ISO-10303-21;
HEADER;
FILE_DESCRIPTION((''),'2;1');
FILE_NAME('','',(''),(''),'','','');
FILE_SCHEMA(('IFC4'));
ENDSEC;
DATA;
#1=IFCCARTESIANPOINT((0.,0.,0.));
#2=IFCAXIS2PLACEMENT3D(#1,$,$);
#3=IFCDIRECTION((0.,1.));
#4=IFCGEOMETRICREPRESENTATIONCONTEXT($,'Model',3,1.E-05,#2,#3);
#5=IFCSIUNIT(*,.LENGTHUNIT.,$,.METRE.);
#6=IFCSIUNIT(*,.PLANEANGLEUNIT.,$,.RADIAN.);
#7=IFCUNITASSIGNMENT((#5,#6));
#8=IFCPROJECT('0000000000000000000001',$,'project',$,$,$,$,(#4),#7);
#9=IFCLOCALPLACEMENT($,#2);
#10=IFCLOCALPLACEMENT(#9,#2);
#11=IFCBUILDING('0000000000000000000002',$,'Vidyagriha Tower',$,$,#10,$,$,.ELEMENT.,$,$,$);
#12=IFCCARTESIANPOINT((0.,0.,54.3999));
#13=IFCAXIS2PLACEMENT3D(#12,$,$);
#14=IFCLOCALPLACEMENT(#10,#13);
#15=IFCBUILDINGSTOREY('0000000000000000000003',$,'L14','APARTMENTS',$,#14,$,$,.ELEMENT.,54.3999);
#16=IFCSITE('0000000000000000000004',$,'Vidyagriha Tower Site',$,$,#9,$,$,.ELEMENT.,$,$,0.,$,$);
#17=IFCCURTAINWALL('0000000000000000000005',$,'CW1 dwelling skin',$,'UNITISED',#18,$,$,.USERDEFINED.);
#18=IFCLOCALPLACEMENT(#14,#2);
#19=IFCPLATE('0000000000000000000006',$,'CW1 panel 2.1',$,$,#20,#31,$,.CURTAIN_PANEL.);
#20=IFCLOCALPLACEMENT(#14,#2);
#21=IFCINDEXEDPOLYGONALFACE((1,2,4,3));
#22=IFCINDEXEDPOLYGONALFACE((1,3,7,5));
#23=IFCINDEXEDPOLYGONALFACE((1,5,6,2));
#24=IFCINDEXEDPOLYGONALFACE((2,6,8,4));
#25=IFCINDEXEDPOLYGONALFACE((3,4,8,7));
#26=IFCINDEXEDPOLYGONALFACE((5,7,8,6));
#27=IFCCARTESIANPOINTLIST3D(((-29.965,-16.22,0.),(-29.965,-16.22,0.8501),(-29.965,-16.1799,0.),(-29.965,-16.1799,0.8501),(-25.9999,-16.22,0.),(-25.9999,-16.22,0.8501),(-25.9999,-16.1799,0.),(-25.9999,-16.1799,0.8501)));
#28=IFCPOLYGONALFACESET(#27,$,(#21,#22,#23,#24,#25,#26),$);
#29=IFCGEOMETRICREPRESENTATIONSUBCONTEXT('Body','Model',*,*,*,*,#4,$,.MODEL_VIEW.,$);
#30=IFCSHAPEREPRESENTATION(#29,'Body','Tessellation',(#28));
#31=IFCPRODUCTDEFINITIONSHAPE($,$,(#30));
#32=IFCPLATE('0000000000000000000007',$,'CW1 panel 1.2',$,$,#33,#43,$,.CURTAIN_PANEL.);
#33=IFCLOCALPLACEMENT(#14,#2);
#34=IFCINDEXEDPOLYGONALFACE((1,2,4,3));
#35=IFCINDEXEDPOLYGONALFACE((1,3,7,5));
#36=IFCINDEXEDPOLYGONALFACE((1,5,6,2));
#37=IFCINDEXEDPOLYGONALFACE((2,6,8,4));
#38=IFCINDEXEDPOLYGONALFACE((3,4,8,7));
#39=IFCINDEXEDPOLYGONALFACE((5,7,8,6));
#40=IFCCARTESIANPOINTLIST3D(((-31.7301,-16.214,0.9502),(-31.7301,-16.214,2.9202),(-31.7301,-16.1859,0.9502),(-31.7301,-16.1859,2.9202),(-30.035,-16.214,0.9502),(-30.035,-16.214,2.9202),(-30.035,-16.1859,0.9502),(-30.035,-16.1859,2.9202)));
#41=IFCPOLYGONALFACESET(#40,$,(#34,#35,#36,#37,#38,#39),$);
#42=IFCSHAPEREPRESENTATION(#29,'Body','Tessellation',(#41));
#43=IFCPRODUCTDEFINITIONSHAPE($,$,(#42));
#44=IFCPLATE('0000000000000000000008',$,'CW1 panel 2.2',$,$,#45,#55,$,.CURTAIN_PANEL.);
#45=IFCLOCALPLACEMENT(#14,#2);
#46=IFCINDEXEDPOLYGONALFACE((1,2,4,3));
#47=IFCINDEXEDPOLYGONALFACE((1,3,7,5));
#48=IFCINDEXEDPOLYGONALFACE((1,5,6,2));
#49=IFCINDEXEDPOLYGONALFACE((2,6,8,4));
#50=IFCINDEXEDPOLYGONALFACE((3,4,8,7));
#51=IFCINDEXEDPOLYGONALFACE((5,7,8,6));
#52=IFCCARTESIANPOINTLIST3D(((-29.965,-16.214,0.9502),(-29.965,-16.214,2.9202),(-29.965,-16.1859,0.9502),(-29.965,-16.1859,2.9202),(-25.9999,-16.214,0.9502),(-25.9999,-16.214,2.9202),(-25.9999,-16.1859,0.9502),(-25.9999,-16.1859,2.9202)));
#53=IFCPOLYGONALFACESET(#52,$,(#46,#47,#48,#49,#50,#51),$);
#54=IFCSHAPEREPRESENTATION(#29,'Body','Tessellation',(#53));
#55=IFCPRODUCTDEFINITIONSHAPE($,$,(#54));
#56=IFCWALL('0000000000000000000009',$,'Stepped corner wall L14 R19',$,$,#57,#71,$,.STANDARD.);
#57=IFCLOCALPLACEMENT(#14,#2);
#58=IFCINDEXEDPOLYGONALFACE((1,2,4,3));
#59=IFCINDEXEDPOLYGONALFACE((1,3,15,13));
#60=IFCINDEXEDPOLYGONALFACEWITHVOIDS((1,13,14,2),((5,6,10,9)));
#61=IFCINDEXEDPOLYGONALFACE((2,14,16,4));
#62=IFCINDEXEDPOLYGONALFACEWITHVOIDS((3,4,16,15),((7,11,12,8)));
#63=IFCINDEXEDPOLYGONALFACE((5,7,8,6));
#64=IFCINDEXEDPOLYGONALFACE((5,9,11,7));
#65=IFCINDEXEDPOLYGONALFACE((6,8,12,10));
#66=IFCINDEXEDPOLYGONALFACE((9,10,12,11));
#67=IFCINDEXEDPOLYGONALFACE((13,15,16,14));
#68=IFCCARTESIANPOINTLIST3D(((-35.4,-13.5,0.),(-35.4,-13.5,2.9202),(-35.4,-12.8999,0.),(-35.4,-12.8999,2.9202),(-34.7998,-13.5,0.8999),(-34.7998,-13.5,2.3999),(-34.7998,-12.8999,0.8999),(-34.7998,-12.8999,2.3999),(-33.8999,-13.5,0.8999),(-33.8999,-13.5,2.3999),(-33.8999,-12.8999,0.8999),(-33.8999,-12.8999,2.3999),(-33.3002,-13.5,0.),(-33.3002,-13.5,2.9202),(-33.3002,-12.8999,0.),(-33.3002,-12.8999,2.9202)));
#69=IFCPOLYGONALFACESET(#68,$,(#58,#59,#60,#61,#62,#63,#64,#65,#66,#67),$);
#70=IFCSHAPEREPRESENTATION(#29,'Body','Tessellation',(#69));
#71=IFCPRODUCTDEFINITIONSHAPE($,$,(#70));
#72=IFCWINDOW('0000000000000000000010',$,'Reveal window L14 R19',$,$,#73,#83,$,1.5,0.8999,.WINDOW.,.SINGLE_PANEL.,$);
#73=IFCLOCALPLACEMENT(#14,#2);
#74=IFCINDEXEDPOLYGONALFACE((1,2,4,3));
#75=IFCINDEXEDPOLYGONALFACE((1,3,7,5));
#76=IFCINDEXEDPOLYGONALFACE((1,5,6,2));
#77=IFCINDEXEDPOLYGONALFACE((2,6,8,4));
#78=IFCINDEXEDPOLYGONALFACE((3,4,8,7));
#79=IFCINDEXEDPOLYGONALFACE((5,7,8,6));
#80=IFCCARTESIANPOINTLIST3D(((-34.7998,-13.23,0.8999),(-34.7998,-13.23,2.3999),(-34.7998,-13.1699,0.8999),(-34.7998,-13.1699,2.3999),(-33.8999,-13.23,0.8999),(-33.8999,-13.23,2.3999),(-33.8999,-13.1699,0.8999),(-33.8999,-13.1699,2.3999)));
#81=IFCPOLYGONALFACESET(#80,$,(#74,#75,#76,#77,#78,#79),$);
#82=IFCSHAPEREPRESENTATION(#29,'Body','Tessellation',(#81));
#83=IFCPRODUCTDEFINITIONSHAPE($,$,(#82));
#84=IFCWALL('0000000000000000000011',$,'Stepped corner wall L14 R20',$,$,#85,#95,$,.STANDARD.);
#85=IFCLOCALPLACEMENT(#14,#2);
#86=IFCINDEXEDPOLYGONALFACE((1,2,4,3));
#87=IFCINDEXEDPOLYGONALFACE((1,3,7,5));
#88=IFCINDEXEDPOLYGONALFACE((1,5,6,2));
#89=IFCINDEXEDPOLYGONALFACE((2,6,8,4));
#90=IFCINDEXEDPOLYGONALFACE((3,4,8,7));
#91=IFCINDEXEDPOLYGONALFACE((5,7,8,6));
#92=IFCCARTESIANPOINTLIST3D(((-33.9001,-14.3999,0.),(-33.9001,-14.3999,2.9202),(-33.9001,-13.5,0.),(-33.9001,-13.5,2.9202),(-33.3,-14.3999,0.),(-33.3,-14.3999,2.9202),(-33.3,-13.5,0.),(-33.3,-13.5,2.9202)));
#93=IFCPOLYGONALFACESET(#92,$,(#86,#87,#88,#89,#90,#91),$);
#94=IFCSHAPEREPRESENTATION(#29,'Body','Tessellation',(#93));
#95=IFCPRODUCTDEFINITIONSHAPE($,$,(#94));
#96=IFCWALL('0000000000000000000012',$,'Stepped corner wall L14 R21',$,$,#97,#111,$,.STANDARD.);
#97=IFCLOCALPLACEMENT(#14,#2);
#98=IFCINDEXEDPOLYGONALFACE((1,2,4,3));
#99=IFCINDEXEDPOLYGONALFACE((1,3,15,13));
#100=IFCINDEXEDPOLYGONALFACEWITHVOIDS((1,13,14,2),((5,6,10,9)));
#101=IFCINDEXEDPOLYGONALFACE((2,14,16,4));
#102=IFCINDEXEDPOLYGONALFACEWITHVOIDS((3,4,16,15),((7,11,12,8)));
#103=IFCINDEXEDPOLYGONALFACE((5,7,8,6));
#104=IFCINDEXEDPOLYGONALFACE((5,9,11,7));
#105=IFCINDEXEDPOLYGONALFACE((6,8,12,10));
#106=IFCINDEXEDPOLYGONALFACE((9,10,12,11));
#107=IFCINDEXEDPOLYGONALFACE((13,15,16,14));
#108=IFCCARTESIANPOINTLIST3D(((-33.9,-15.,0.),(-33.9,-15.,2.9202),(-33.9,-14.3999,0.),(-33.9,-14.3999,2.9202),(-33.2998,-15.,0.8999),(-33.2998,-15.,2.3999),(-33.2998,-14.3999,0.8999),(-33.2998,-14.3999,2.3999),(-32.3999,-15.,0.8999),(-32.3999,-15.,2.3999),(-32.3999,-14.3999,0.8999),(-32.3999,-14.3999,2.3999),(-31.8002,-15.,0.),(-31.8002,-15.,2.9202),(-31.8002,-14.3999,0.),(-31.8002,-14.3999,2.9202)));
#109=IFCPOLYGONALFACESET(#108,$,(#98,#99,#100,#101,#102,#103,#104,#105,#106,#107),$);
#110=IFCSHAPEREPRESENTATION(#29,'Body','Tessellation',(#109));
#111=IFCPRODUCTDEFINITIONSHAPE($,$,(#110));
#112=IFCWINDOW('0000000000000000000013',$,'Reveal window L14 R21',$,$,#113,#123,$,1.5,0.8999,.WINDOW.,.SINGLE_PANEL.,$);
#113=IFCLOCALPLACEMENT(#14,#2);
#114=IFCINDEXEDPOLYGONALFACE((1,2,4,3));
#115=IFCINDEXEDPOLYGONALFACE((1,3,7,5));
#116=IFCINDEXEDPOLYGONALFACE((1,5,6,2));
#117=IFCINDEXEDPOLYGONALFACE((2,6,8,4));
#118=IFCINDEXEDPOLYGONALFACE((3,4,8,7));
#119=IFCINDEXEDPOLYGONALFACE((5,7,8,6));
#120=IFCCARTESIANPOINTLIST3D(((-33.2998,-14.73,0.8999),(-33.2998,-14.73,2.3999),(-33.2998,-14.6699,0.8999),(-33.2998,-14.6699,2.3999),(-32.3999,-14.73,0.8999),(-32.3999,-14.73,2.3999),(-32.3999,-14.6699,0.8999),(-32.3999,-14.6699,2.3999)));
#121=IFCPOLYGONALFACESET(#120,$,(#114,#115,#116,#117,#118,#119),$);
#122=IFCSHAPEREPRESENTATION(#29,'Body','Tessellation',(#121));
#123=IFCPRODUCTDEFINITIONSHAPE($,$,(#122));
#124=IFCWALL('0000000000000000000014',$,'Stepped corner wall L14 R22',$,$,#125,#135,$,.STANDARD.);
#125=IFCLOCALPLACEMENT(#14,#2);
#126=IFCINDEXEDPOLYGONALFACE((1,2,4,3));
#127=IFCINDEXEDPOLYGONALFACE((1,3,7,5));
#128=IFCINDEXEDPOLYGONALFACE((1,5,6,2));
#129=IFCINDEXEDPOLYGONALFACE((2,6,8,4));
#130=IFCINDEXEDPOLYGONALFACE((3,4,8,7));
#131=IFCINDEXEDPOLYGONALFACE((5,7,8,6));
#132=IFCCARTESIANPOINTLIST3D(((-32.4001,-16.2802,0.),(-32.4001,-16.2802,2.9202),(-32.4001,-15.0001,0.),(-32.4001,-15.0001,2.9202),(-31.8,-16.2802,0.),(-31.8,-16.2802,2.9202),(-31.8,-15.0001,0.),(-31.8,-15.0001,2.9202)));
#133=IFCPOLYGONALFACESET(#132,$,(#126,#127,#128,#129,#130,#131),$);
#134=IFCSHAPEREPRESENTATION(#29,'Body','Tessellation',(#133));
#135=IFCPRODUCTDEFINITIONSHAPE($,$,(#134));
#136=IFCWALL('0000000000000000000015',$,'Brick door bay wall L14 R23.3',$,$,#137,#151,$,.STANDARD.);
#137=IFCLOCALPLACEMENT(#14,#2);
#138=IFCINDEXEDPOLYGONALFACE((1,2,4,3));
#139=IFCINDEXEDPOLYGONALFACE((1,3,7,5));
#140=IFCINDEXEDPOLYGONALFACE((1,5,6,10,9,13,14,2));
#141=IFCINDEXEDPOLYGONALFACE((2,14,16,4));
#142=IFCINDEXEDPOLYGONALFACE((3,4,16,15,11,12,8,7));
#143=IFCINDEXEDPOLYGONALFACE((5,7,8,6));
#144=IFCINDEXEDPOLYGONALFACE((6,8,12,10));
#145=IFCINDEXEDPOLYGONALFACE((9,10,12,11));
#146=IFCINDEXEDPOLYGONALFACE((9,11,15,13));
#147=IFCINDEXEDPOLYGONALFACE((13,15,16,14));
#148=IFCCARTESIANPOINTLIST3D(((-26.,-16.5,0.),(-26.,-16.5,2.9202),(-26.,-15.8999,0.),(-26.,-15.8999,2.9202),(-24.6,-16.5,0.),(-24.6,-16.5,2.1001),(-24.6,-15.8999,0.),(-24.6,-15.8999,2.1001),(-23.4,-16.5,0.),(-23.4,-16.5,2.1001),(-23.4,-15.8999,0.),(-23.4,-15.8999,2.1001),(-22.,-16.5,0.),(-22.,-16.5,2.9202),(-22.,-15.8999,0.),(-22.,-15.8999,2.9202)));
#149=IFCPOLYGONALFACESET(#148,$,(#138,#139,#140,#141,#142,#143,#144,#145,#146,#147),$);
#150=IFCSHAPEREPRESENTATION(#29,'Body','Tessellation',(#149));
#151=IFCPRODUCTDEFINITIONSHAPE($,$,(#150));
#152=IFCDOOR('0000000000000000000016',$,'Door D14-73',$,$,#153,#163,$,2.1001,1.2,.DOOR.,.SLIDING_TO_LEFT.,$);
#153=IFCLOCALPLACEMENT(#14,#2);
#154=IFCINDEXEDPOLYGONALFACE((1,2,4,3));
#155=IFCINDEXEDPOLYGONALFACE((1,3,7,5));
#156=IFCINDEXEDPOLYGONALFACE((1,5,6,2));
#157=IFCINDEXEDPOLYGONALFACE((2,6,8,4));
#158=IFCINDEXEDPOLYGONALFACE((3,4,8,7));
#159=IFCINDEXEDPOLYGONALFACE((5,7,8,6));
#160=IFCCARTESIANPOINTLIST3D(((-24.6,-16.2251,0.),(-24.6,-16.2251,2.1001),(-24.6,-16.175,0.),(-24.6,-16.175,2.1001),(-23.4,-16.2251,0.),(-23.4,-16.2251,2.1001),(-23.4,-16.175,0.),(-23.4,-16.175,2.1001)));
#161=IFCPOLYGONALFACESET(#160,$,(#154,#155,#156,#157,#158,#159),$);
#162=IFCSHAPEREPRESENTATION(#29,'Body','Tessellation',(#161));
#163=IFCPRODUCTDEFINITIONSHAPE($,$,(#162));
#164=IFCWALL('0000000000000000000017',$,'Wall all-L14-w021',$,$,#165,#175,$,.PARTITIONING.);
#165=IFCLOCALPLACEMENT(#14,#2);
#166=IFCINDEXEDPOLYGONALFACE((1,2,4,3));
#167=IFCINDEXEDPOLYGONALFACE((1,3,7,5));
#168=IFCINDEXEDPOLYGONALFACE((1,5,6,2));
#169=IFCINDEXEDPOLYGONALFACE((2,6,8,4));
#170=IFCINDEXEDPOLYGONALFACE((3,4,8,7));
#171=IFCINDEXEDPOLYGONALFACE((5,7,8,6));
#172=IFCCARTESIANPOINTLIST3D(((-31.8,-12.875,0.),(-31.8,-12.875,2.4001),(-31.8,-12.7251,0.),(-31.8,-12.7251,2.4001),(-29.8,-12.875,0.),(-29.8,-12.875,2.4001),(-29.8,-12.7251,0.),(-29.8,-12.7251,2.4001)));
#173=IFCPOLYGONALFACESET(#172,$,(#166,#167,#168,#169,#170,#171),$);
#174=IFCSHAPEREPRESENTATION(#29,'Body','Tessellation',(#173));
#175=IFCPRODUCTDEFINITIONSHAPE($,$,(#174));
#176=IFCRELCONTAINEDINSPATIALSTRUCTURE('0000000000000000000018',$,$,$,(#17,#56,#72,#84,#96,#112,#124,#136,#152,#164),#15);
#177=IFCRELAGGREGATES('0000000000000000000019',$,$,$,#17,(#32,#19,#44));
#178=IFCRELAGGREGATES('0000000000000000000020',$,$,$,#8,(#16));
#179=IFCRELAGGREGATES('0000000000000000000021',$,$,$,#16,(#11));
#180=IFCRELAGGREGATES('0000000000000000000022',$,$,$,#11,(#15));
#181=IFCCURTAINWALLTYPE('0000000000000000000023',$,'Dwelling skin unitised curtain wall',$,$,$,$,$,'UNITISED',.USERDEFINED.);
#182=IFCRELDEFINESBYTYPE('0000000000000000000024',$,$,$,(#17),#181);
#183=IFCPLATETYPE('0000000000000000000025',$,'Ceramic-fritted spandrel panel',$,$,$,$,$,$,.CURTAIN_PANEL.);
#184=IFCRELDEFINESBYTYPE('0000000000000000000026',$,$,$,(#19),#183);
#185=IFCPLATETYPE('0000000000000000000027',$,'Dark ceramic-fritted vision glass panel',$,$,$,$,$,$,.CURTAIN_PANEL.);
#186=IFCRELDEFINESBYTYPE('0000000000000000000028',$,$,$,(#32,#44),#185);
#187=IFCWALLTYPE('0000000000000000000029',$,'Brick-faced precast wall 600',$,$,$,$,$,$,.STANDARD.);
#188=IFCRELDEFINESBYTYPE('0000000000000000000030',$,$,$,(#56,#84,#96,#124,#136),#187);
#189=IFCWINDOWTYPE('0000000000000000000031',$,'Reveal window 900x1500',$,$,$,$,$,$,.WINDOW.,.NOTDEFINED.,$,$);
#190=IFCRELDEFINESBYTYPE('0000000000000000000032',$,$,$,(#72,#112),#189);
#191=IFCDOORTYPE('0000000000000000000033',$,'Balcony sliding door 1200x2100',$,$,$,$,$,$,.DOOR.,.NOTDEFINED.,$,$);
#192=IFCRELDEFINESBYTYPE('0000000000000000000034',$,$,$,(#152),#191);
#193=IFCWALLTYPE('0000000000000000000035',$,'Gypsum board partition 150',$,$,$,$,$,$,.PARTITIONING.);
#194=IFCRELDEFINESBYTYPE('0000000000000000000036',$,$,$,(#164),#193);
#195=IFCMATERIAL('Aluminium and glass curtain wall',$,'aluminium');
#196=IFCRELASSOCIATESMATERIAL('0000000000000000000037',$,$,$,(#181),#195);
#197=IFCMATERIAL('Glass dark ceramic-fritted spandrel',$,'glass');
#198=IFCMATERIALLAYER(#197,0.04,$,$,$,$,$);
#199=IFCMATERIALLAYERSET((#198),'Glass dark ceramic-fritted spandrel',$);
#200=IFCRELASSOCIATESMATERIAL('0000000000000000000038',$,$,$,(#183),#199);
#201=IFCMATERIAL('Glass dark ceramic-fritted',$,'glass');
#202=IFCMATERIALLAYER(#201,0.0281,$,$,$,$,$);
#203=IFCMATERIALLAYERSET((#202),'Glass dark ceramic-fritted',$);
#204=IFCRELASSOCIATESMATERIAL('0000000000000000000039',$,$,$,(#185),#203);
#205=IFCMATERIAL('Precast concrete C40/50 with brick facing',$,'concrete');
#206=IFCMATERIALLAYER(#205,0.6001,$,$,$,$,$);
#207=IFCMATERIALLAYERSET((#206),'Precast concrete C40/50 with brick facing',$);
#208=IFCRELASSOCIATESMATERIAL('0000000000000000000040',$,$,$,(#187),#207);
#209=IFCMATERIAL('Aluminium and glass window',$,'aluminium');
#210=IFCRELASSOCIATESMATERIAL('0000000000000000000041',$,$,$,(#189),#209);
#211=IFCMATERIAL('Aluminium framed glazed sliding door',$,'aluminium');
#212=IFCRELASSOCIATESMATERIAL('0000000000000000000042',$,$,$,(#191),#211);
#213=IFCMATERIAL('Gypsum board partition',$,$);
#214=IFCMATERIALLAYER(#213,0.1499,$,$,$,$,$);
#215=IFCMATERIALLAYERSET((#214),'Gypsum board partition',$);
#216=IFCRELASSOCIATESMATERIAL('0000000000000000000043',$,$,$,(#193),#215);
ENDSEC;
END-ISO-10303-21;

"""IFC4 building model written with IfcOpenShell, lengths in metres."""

from ifc_helpers import new_model, si_unit, direction, frame, frame_2d, origin, origin_2d, place, context, subcontext, project, spatial, rectangle, extrude, material, layer, layer_set, type_object, element, fill, aggregate, save


model = new_model("IFC4")

# Units and contexts
model_context = context("Model", 3, precision=1e-05, world=origin(), true_north=direction((0.0, 1.0)))
body_context = subcontext(model_context, "Body", "Model", "MODEL_VIEW")
ifc_project = project(units=[si_unit("LENGTHUNIT", "METRE"), si_unit("PLANEANGLEUNIT", "RADIAN")], contexts=[model_context])

# Site, building, storey
site_placement = place(None, origin())
site = spatial("IfcSite", under=ifc_project, at=site_placement, Name="Vidyagriha Tower Site", CompositionType="ELEMENT", RefElevation=0.0)
building_placement = place(site_placement, origin())
building = spatial("IfcBuilding", under=site, at=building_placement, Name="Vidyagriha Tower", CompositionType="ELEMENT")
storey_placement = place(building_placement, frame((0.0, 0.0, 54.3999)))
storey = spatial("IfcBuildingStorey", under=building, at=storey_placement, Name="L14", Description="APARTMENTS", CompositionType="ELEMENT", Elevation=54.3999)

# Curtain wall, plates
ifc_material_1 = material(Name="Aluminium and glass curtain wall", Category="aluminium")
curtain_wall_type = type_object("IfcCurtainWallType", Name="Dwelling skin unitised curtain wall", ElementType="UNITISED", PredefinedType="USERDEFINED", material=ifc_material_1)
curtain_wall_placement = place(storey_placement, origin())
curtain_wall = element("IfcCurtainWall", 1, at=curtain_wall_placement, inside=storey, type_object=curtain_wall_type, Name="CW1 dwelling skin", ObjectType="UNITISED", PredefinedType="USERDEFINED")
ifc_material_2 = material(Name="Glass dark ceramic-fritted spandrel", Category="glass")
ifc_layer_1 = layer(ifc_material_2, 0.04)
ifc_layer_set_1 = layer_set([ifc_layer_1], Name="Glass dark ceramic-fritted spandrel")
plate_type_1 = type_object("IfcPlateType", Name="Ceramic-fritted spandrel panel", PredefinedType="CURTAIN_PANEL", material=ifc_layer_set_1)
plate_1_placement = place(storey_placement, frame((-27.9824, -16.2, 0.0)))
plate_1 = element("IfcPlate", 2, at=plate_1_placement, type_object=plate_type_1, Name="CW1 panel 2.1", PredefinedType="CURTAIN_PANEL", context=body_context, shape_type="SweptSolid", body=[
    extrude(rectangle(XDim=3.9651, YDim=0.04, at=origin_2d()), origin(), (0.0, 0.0, 1.0), 0.8501),
])
ifc_material_3 = material(Name="Glass dark ceramic-fritted", Category="glass")
ifc_layer_2 = layer(ifc_material_3, 0.0281)
ifc_layer_set_2 = layer_set([ifc_layer_2], Name="Glass dark ceramic-fritted")
plate_type_2 = type_object("IfcPlateType", Name="Dark ceramic-fritted vision glass panel", PredefinedType="CURTAIN_PANEL", material=ifc_layer_set_2)
plate_2_placement = place(storey_placement, frame((-30.8826, -16.2, 0.9502)))
plate_2 = element("IfcPlate", 3, at=plate_2_placement, type_object=plate_type_2, Name="CW1 panel 1.2", PredefinedType="CURTAIN_PANEL", context=body_context, shape_type="SweptSolid", body=[
    extrude(rectangle(XDim=1.6951, YDim=0.0281, at=origin_2d()), origin(), (0.0, 0.0, 1.0), 1.97),
])
plate_3_placement = place(storey_placement, frame((-27.9824, -16.2, 0.9502)))
plate_3 = element("IfcPlate", 4, at=plate_3_placement, type_object=plate_type_2, Name="CW1 panel 2.2", PredefinedType="CURTAIN_PANEL", context=body_context, shape_type="SweptSolid", body=[
    extrude(rectangle(XDim=3.9651, YDim=0.0281, at=origin_2d()), origin(), (0.0, 0.0, 1.0), 1.97),
])
aggregate(curtain_wall, [plate_2, plate_1, plate_3])

# Wall, opening, window
ifc_material_4 = material(Name="Precast concrete C40/50 with brick facing", Category="concrete")
ifc_layer_3 = layer(ifc_material_4, 0.6001)
ifc_layer_set_3 = layer_set([ifc_layer_3], Name="Precast concrete C40/50 with brick facing")
wall_type_1 = type_object("IfcWallType", Name="Brick-faced precast wall 600", PredefinedType="STANDARD", material=ifc_layer_set_3)
wall_1_placement = place(storey_placement, frame((-35.3999, -13.2, 0.0)))
wall_1 = element("IfcWall", 5, at=wall_1_placement, inside=storey, type_object=wall_type_1, Name="Stepped corner wall L14 R19", PredefinedType="STANDARD", context=body_context, shape_type="SweptSolid", body=[
    extrude(rectangle(XDim=2.0999, YDim=0.6001, at=frame_2d((1.0498, 0.0))), origin(), (0.0, 0.0, 1.0), 2.9202),
])
opening_1_placement = place(wall_1_placement, frame((0.6001, 0.0, 0.8999)))
opening_1 = element("IfcOpeningElement", 6, at=opening_1_placement, cuts=wall_1, PredefinedType="OPENING", context=body_context, shape_type="SweptSolid", body=[
    extrude(rectangle(XDim=0.8999, YDim=1.5, at=frame_2d((0.45, 0.75))), frame((0.0, 0.3101, 0.0), z_axis=(0.0, -1.0, 0.0), x_axis=(1.0, 0.0, 0.0)), (0.0, 0.0, 1.0), 0.6201),
])
ifc_material_5 = material(Name="Aluminium and glass window", Category="aluminium")
window_type = type_object("IfcWindowType", Name="Reveal window 900x1500", PartitioningType="NOTDEFINED", PredefinedType="WINDOW", material=ifc_material_5)
window_1_placement = place(opening_1_placement, origin())
window_1 = element("IfcWindow", 7, at=window_1_placement, inside=storey, type_object=window_type, Name="Reveal window L14 R19", OverallHeight=1.5, OverallWidth=0.8999, PartitioningType="SINGLE_PANEL", PredefinedType="WINDOW", context=body_context, shape_type="SweptSolid", body=[
    extrude(rectangle(XDim=0.8999, YDim=1.5, at=frame_2d((0.45, 0.75))), frame((0.0, 0.03, 0.0), z_axis=(0.0, -1.0, 0.0), x_axis=(1.0, 0.0, 0.0)), (0.0, 0.0, 1.0), 0.0601),
])
fill(opening_1, window_1)

# Wall
wall_2_placement = place(storey_placement, frame((-33.6001, -13.5, 0.0), z_axis=(0.0, 0.0, 1.0), x_axis=(0.0, -1.0, 0.0)))
element("IfcWall", 8, at=wall_2_placement, inside=storey, type_object=wall_type_1, Name="Stepped corner wall L14 R20", PredefinedType="STANDARD", context=body_context, shape_type="SweptSolid", body=[
    extrude(rectangle(XDim=0.8999, YDim=0.6001, at=frame_2d((0.45, 0.0))), origin(), (0.0, 0.0, 1.0), 2.9202),
])

# Wall, opening, window
wall_3_placement = place(storey_placement, frame((-33.8999, -14.7, 0.0)))
wall_3 = element("IfcWall", 9, at=wall_3_placement, inside=storey, type_object=wall_type_1, Name="Stepped corner wall L14 R21", PredefinedType="STANDARD", context=body_context, shape_type="SweptSolid", body=[
    extrude(rectangle(XDim=2.0999, YDim=0.6001, at=frame_2d((1.0498, 0.0))), origin(), (0.0, 0.0, 1.0), 2.9202),
])
opening_2_placement = place(wall_3_placement, frame((0.6001, 0.0, 0.8999)))
opening_2 = element("IfcOpeningElement", 10, at=opening_2_placement, cuts=wall_3, PredefinedType="OPENING", context=body_context, shape_type="SweptSolid", body=[
    extrude(rectangle(XDim=0.8999, YDim=1.5, at=frame_2d((0.45, 0.75))), frame((0.0, 0.3101, 0.0), z_axis=(0.0, -1.0, 0.0), x_axis=(1.0, 0.0, 0.0)), (0.0, 0.0, 1.0), 0.6201),
])
window_2_placement = place(opening_2_placement, origin())
window_2 = element("IfcWindow", 11, at=window_2_placement, inside=storey, type_object=window_type, Name="Reveal window L14 R21", OverallHeight=1.5, OverallWidth=0.8999, PartitioningType="SINGLE_PANEL", PredefinedType="WINDOW", context=body_context, shape_type="SweptSolid", body=[
    extrude(rectangle(XDim=0.8999, YDim=1.5, at=frame_2d((0.45, 0.75))), frame((0.0, 0.03, 0.0), z_axis=(0.0, -1.0, 0.0), x_axis=(1.0, 0.0, 0.0)), (0.0, 0.0, 1.0), 0.0601),
])
fill(opening_2, window_2)

# Wall
wall_4_placement = place(storey_placement, frame((-32.1001, -15.0, 0.0), z_axis=(0.0, 0.0, 1.0), x_axis=(0.0, -1.0, 0.0)))
element("IfcWall", 12, at=wall_4_placement, inside=storey, type_object=wall_type_1, Name="Stepped corner wall L14 R22", PredefinedType="STANDARD", context=body_context, shape_type="SweptSolid", body=[
    extrude(rectangle(XDim=1.28, YDim=0.6001, at=frame_2d((0.6401, 0.0))), origin(), (0.0, 0.0, 1.0), 2.9202),
])

# Wall, opening, door
wall_5_placement = place(storey_placement, frame((-26.0, -16.2, 0.0)))
wall_5 = element("IfcWall", 13, at=wall_5_placement, inside=storey, type_object=wall_type_1, Name="Brick door bay wall L14 R23.3", PredefinedType="STANDARD", context=body_context, shape_type="SweptSolid", body=[
    extrude(rectangle(XDim=4.0, YDim=0.6001, at=frame_2d((2.0, 0.0))), origin(), (0.0, 0.0, 1.0), 2.9202),
])
opening_3_placement = place(wall_5_placement, frame((1.3999, 0.0, 0.0)))
opening_3 = element("IfcOpeningElement", 14, at=opening_3_placement, cuts=wall_5, PredefinedType="OPENING", context=body_context, shape_type="SweptSolid", body=[
    extrude(rectangle(XDim=1.2, YDim=2.1001, at=frame_2d((0.6001, 1.05))), frame((0.0, 0.3101, 0.0), z_axis=(0.0, -1.0, 0.0), x_axis=(1.0, 0.0, 0.0)), (0.0, 0.0, 1.0), 0.6201),
])
ifc_material_6 = material(Name="Aluminium framed glazed sliding door", Category="aluminium")
door_type = type_object("IfcDoorType", Name="Balcony sliding door 1200x2100", OperationType="NOTDEFINED", PredefinedType="DOOR", material=ifc_material_6)
door_placement = place(opening_3_placement, origin())
door = element("IfcDoor", 15, at=door_placement, inside=storey, type_object=door_type, Name="Door D14-73", OperationType="SLIDING_TO_LEFT", OverallHeight=2.1001, OverallWidth=1.2, PredefinedType="DOOR", context=body_context, shape_type="SweptSolid", body=[
    extrude(rectangle(XDim=1.2, YDim=2.1001, at=frame_2d((0.6001, 1.05))), frame((0.0, 0.0249, 0.0), z_axis=(0.0, -1.0, 0.0), x_axis=(1.0, 0.0, 0.0)), (0.0, 0.0, 1.0), 0.05),
])
fill(opening_3, door)

# Wall
ifc_material_7 = material(Name="Gypsum board partition")
ifc_layer_4 = layer(ifc_material_7, 0.1499)
ifc_layer_set_4 = layer_set([ifc_layer_4], Name="Gypsum board partition")
wall_type_2 = type_object("IfcWallType", Name="Gypsum board partition 150", PredefinedType="PARTITIONING", material=ifc_layer_set_4)
wall_6_placement = place(storey_placement, frame((-29.8, -12.8, 0.0), z_axis=(0.0, 0.0, 1.0), x_axis=(-1.0, 0.0, 0.0)))
element("IfcWall", 16, at=wall_6_placement, inside=storey, type_object=wall_type_2, Name="Wall all-L14-w021", PredefinedType="PARTITIONING", context=body_context, shape_type="SweptSolid", body=[
    extrude(rectangle(XDim=2.0, YDim=0.1499, at=frame_2d((1.0, 0.0))), origin(), (0.0, 0.0, 1.0), 2.4001),
])

save(model, "model.ifc")
